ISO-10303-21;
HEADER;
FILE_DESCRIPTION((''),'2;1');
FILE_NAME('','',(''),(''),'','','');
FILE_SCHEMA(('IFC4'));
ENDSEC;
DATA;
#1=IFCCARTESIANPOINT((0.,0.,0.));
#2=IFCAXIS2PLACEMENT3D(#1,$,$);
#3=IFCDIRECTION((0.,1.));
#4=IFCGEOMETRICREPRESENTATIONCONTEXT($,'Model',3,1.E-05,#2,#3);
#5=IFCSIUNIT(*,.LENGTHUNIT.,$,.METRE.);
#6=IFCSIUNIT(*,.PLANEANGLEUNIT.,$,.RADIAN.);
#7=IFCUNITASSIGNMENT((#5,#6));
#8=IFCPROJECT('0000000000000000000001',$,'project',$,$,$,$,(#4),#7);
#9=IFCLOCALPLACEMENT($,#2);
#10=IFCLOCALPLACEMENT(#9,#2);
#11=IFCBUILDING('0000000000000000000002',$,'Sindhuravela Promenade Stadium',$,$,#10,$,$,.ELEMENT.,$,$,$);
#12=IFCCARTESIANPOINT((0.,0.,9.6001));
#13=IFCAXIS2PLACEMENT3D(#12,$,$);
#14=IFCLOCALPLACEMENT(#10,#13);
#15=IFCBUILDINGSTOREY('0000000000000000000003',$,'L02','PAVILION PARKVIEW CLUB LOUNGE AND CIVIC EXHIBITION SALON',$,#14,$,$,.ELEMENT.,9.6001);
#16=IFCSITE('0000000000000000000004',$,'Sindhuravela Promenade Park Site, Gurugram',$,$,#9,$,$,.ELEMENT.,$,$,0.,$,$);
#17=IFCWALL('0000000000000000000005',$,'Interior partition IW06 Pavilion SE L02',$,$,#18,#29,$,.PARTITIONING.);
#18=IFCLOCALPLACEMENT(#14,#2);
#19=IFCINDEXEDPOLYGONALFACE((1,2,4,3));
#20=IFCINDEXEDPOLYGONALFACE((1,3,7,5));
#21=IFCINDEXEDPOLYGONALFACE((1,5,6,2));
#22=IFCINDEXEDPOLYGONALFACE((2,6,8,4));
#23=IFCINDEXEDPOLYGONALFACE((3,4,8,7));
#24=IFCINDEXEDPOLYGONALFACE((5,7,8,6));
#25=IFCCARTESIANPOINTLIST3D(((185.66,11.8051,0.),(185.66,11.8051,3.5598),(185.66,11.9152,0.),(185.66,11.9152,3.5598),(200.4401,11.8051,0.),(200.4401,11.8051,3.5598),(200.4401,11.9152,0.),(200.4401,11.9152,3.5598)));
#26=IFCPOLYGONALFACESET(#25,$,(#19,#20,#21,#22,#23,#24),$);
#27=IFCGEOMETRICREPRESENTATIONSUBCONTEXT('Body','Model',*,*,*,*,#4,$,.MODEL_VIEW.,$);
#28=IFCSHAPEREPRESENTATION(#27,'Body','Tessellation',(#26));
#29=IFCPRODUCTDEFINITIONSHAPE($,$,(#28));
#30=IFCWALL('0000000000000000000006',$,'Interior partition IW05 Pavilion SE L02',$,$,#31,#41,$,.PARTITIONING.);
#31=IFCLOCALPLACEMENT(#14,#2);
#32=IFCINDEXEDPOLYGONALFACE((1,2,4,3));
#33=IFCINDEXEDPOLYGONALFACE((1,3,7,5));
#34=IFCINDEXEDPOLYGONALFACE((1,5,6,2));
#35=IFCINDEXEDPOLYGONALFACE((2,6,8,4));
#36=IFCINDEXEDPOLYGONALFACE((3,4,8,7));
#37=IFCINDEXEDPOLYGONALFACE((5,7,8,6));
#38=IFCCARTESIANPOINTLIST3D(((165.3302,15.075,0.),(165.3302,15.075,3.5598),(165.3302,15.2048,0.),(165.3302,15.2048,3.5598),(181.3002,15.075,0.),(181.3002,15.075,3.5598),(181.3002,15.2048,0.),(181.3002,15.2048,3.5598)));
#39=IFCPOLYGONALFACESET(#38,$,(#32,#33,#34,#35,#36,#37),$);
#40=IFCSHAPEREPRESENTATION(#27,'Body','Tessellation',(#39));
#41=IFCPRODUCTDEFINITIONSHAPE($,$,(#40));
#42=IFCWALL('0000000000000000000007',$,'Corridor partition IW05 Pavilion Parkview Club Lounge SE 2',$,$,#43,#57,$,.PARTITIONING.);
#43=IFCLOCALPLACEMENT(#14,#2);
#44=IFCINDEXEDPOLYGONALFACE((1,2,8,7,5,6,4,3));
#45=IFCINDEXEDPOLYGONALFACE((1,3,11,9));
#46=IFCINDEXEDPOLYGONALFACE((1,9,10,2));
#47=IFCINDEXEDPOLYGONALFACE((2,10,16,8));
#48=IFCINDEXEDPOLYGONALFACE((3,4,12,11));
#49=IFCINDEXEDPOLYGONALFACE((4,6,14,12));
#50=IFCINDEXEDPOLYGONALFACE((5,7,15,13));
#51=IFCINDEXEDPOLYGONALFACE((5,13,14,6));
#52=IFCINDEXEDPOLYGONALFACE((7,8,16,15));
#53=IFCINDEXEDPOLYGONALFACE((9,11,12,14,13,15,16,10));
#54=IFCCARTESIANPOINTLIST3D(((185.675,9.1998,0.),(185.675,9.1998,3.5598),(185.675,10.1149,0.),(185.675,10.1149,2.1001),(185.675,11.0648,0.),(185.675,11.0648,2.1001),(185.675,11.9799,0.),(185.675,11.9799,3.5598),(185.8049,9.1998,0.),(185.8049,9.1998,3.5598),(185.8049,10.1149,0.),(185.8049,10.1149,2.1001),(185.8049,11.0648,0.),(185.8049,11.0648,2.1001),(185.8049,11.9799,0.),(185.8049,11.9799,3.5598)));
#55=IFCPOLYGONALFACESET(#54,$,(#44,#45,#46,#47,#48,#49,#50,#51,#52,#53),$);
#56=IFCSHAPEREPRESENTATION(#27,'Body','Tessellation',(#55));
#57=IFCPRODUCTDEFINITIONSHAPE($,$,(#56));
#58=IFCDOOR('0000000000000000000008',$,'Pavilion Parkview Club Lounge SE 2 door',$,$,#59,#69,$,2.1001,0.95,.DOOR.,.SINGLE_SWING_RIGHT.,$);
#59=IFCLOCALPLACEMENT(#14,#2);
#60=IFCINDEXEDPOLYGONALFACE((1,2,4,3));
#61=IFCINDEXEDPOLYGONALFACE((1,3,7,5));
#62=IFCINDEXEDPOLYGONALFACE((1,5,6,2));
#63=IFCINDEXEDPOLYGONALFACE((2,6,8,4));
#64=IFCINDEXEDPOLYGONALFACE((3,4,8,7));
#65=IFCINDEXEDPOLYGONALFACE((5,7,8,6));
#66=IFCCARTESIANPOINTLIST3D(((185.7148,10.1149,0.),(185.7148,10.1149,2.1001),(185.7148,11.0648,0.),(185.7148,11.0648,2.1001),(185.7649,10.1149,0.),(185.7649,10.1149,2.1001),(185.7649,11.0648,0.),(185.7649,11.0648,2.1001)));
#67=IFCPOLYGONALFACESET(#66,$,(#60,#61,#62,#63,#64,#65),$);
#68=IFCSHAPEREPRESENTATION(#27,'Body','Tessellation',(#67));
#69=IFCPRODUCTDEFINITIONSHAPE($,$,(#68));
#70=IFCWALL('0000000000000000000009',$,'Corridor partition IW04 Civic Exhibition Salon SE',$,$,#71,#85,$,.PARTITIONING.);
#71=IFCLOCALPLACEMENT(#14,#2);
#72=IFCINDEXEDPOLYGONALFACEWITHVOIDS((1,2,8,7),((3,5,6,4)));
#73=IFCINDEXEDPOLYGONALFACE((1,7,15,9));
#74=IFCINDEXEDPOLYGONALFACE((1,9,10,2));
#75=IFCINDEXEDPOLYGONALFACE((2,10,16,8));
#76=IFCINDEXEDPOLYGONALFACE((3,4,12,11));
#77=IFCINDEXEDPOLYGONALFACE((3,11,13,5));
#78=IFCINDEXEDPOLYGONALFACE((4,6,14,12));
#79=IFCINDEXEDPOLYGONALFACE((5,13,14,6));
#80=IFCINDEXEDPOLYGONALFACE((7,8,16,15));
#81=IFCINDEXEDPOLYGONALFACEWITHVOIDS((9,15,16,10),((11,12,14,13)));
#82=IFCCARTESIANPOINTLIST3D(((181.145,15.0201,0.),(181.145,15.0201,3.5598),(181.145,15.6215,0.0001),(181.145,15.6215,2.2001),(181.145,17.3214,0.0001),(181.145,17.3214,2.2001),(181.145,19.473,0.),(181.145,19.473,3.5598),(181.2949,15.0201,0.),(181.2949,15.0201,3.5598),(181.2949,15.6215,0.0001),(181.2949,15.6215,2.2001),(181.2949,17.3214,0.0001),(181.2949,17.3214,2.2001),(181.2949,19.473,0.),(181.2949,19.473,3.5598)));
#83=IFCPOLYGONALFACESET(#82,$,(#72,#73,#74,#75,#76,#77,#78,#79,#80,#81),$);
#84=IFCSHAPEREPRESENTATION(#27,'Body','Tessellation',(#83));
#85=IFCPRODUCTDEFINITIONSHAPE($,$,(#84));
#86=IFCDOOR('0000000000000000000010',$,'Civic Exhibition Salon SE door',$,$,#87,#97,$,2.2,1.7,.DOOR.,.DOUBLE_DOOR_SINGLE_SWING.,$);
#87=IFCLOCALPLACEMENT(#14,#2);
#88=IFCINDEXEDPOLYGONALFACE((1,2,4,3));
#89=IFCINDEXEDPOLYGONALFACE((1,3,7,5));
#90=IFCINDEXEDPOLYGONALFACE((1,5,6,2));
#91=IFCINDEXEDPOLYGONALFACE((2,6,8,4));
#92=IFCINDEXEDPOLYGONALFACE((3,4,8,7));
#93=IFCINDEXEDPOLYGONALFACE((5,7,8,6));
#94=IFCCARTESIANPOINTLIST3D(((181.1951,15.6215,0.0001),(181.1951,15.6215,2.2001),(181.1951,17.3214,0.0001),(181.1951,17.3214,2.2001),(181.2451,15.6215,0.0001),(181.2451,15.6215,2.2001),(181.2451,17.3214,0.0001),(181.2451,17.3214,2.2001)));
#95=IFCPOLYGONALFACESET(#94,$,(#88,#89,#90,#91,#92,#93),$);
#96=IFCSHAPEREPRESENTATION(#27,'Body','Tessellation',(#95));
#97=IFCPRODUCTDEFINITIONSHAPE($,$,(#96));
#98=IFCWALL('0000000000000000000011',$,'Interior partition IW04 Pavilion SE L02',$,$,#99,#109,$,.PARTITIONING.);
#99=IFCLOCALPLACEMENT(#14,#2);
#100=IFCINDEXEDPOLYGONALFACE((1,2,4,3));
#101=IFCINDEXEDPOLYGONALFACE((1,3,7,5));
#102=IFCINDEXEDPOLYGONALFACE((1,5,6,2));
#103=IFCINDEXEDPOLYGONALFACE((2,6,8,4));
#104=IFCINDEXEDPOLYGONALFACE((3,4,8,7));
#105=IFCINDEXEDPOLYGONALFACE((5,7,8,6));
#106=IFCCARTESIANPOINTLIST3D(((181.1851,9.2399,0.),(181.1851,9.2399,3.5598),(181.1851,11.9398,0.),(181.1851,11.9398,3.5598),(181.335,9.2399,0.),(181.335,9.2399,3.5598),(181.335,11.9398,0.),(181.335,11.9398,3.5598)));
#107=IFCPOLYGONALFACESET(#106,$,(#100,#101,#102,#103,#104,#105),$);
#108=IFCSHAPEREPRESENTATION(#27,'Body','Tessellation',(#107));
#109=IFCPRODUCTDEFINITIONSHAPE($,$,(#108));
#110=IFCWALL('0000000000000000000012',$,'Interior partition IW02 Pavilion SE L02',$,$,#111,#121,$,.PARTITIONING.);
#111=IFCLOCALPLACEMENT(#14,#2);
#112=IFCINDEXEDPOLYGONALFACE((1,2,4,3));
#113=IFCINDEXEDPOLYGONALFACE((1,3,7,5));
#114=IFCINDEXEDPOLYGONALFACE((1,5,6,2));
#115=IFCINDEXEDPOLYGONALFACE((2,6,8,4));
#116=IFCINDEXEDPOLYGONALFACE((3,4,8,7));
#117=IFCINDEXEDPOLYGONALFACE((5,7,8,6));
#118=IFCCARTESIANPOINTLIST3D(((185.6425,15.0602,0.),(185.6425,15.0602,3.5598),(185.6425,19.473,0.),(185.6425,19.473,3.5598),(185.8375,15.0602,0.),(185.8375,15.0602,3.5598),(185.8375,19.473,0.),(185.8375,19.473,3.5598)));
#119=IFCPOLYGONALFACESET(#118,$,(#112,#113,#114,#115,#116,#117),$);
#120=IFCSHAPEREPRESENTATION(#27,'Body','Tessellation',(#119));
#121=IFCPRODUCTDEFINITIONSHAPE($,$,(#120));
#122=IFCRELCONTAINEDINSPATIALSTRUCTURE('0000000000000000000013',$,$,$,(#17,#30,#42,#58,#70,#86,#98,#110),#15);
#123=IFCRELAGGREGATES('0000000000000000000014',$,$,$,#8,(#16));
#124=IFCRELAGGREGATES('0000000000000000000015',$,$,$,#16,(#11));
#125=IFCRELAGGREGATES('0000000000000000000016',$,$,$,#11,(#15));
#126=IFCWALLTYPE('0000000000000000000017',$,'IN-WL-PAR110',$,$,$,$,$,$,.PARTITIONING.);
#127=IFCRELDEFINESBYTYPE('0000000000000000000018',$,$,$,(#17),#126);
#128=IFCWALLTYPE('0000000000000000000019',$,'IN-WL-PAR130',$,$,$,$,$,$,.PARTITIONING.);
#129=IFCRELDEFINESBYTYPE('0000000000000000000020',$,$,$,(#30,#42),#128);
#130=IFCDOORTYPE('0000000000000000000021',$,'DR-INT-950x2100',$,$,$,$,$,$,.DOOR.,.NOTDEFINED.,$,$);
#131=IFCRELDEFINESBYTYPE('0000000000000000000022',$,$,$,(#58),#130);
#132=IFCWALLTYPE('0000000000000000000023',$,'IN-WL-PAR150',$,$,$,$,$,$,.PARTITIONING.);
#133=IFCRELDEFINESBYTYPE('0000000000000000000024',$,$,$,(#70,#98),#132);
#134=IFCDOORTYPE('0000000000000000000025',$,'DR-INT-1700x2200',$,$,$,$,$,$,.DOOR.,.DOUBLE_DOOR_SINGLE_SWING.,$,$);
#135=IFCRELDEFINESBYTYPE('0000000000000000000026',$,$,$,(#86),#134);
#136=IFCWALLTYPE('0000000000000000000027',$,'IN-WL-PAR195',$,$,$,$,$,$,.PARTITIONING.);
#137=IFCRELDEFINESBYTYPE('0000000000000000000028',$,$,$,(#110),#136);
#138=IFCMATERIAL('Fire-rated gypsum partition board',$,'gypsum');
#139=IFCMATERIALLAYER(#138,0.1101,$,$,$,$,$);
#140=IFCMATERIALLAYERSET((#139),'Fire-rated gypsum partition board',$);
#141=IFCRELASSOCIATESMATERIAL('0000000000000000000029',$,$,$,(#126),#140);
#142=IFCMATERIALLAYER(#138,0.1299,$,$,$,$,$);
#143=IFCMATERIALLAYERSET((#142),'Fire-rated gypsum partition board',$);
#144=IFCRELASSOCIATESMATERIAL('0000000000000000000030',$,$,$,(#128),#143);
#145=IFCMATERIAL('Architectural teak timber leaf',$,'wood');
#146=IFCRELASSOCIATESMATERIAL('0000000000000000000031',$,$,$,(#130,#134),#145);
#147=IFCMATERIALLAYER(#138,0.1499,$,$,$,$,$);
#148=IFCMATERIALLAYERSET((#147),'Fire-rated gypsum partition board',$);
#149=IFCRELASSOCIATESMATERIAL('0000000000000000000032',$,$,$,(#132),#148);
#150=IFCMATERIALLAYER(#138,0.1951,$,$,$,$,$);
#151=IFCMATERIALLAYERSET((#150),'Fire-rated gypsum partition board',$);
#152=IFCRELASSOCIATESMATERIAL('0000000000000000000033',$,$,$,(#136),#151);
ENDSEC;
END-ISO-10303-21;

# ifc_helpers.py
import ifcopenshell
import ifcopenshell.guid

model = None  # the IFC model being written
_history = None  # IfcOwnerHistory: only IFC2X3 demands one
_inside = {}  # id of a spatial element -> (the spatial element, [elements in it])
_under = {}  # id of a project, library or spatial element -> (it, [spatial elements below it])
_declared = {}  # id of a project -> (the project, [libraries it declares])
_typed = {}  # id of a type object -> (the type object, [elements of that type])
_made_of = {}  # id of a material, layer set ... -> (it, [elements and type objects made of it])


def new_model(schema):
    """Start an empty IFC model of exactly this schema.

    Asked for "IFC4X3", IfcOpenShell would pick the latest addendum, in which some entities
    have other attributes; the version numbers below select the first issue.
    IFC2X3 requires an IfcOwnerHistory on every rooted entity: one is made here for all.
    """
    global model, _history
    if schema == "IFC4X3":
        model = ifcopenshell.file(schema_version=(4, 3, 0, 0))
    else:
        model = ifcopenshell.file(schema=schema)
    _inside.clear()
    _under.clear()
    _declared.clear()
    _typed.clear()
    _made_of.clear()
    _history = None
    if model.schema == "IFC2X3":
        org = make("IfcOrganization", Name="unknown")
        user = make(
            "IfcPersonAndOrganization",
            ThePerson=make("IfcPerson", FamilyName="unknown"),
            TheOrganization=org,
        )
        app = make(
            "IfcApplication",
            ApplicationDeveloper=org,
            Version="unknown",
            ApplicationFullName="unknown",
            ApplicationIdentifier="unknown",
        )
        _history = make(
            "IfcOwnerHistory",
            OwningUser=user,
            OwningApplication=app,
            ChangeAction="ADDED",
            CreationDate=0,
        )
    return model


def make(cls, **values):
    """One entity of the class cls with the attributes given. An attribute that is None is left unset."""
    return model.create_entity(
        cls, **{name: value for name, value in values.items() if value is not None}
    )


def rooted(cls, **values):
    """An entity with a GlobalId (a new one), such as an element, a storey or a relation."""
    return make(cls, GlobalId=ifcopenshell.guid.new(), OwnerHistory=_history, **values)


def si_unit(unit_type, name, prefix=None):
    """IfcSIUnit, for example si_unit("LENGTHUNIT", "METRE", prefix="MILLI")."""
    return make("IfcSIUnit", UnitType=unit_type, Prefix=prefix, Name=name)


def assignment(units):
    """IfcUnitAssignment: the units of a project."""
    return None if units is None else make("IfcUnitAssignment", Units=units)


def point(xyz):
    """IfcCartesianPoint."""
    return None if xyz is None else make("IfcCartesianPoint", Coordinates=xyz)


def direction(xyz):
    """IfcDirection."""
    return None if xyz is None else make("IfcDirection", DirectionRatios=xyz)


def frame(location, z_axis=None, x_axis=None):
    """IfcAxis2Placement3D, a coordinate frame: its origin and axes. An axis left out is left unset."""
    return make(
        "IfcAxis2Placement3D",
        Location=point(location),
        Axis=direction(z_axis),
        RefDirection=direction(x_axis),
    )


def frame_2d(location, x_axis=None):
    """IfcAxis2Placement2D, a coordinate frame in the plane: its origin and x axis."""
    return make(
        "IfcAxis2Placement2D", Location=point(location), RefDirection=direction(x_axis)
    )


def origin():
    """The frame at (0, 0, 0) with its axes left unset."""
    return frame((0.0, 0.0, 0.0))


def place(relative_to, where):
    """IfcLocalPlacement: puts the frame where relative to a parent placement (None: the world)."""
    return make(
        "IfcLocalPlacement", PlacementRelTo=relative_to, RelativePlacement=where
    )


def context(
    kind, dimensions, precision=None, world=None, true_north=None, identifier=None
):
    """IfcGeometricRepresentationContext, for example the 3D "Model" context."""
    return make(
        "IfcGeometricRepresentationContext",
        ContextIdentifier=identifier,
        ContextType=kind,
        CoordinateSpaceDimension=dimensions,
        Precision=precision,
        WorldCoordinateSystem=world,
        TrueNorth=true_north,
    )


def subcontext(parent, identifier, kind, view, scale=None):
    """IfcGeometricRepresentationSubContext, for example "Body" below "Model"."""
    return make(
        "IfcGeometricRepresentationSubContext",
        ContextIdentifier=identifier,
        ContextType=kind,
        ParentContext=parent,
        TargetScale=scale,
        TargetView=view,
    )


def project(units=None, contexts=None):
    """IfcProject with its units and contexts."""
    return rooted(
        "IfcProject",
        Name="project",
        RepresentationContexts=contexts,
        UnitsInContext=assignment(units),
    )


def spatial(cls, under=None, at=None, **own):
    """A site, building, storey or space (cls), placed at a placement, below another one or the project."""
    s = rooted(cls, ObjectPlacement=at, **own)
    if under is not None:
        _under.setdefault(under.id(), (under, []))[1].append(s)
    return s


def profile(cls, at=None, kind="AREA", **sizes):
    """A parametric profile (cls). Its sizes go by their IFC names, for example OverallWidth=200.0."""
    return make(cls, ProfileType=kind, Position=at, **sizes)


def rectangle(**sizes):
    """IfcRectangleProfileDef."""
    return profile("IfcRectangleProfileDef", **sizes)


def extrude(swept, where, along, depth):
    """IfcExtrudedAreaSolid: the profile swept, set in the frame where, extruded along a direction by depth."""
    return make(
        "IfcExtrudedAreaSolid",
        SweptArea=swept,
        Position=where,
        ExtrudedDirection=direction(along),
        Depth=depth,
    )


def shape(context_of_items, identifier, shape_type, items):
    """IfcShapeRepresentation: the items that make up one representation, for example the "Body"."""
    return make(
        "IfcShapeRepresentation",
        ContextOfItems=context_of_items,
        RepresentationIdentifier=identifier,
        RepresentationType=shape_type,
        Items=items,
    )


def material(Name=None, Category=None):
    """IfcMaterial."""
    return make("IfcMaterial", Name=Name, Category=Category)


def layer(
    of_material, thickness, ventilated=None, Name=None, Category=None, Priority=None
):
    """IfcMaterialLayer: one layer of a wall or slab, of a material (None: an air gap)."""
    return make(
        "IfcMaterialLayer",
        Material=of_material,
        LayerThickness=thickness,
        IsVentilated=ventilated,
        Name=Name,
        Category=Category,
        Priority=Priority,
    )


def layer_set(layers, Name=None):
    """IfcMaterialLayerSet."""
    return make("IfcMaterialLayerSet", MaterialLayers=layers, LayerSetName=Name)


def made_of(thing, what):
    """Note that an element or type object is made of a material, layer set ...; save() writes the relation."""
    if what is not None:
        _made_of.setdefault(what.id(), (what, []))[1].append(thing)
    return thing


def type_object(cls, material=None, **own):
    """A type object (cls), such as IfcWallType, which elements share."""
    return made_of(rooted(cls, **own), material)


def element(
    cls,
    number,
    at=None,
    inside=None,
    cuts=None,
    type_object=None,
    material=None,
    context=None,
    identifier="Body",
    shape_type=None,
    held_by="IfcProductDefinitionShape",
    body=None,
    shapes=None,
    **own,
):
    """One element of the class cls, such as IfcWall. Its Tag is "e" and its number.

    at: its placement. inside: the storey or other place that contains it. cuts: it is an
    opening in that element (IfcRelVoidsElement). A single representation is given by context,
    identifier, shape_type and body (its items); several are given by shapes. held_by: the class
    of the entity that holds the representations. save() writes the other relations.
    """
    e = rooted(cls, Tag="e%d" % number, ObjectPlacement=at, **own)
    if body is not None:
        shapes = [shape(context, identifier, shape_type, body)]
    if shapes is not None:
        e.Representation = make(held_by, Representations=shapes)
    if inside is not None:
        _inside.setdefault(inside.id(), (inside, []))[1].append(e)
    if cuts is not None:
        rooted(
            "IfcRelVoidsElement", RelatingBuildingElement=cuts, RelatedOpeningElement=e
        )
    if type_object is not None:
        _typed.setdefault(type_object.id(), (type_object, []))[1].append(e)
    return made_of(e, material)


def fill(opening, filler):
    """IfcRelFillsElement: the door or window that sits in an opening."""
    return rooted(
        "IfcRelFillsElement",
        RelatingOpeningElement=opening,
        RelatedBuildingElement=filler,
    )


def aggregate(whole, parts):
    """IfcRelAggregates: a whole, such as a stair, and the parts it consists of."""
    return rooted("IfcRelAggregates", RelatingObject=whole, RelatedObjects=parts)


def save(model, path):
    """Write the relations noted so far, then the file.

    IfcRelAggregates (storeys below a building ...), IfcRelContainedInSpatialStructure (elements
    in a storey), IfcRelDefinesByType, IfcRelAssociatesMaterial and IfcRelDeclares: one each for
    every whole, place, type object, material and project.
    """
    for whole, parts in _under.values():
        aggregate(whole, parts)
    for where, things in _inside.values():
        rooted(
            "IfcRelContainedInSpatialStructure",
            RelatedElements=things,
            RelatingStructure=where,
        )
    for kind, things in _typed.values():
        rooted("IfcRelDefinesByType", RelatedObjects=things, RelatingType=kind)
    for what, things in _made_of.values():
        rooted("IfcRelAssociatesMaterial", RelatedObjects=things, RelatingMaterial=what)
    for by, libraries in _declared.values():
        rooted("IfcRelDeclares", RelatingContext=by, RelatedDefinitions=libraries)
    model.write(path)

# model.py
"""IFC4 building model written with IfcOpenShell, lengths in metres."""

from ifc_helpers import new_model, si_unit, direction, frame, frame_2d, origin, place, context, subcontext, project, spatial, rectangle, extrude, material, layer, layer_set, type_object, element, fill, save


model = new_model("IFC4")

# Units and contexts
model_context = context("Model", 3, precision=1e-05, world=origin(), true_north=direction((0.0, 1.0)))
body_context = subcontext(model_context, "Body", "Model", "MODEL_VIEW")
ifc_project = project(units=[si_unit("LENGTHUNIT", "METRE"), si_unit("PLANEANGLEUNIT", "RADIAN")], contexts=[model_context])

# Site, building, storey
site_placement = place(None, origin())
site = spatial("IfcSite", under=ifc_project, at=site_placement, Name="Sindhuravela Promenade Park Site, Gurugram", CompositionType="ELEMENT", RefElevation=0.0)
building_placement = place(site_placement, origin())
building = spatial("IfcBuilding", under=site, at=building_placement, Name="Sindhuravela Promenade Stadium", CompositionType="ELEMENT")
storey_placement = place(building_placement, frame((0.0, 0.0, 9.6001)))
storey = spatial("IfcBuildingStorey", under=building, at=storey_placement, Name="L02", Description="PAVILION PARKVIEW CLUB LOUNGE AND CIVIC EXHIBITION SALON", CompositionType="ELEMENT", Elevation=9.6001)

# Walls
ifc_material_1 = material(Name="Fire-rated gypsum partition board", Category="gypsum")
ifc_layer_1 = layer(ifc_material_1, 0.1101)
ifc_layer_set_1 = layer_set([ifc_layer_1], Name="Fire-rated gypsum partition board")
wall_type_1 = type_object("IfcWallType", Name="IN-WL-PAR110", PredefinedType="PARTITIONING", material=ifc_layer_set_1)
wall_1_placement = place(storey_placement, frame((185.6599, 11.8601, 0.0), z_axis=(0.0, 0.0, 1.0), x_axis=(1.0, 0.0, 0.0)))
element("IfcWall", 1, at=wall_1_placement, inside=storey, type_object=wall_type_1, Name="Interior partition IW06 Pavilion SE L02", PredefinedType="PARTITIONING", context=body_context, shape_type="SweptSolid", body=[
    extrude(rectangle(XDim=14.78, YDim=0.1101, at=frame_2d((7.3901, 0.0))), origin(), (0.0, 0.0, 1.0), 3.5598),
])
ifc_layer_2 = layer(ifc_material_1, 0.1299)
ifc_layer_set_2 = layer_set([ifc_layer_2], Name="Fire-rated gypsum partition board")
wall_type_2 = type_object("IfcWallType", Name="IN-WL-PAR130", PredefinedType="PARTITIONING", material=ifc_layer_set_2)
wall_2_placement = place(storey_placement, frame((181.3, 15.1399, 0.0), z_axis=(0.0, 0.0, 1.0), x_axis=(-1.0, 0.0, 0.0)))
element("IfcWall", 2, at=wall_2_placement, inside=storey, type_object=wall_type_2, Name="Interior partition IW05 Pavilion SE L02", PredefinedType="PARTITIONING", context=body_context, shape_type="SweptSolid", body=[
    extrude(rectangle(XDim=15.97, YDim=0.1299, at=frame_2d((7.9849, 0.0))), origin(), (0.0, 0.0, 1.0), 3.5598),
])

# Walls, openings, doors
wall_3_placement = place(storey_placement, frame((185.74, 11.98, 0.0), z_axis=(0.0, 0.0, 1.0), x_axis=(0.0, -1.0, 0.0)))
wall_3 = element("IfcWall", 3, at=wall_3_placement, inside=storey, type_object=wall_type_2, Name="Corridor partition IW05 Pavilion Parkview Club Lounge SE 2", PredefinedType="PARTITIONING", context=body_context, shape_type="SweptSolid", body=[
    extrude(rectangle(XDim=2.78, YDim=0.1299, at=frame_2d((1.3901, 0.0))), origin(), (0.0, 0.0, 1.0), 3.5598),
])
opening_1_placement = place(wall_3_placement, frame((0.915, 0.0, 0.0)))
opening_1 = element("IfcOpeningElement", 4, at=opening_1_placement, cuts=wall_3, PredefinedType="OPENING", context=body_context, shape_type="SweptSolid", body=[
    extrude(rectangle(XDim=0.95, YDim=2.1001, at=frame_2d((0.4751, 1.05))), frame((0.0, 0.075, 0.0), z_axis=(0.0, -1.0, 0.0), x_axis=(1.0, 0.0, 0.0)), (0.0, 0.0, 1.0), 0.1499),
])
ifc_material_2 = material(Name="Architectural teak timber leaf", Category="wood")
door_type_1 = type_object("IfcDoorType", Name="DR-INT-950x2100", OperationType="NOTDEFINED", PredefinedType="DOOR", material=ifc_material_2)
door_1_placement = place(opening_1_placement, origin())
door_1 = element("IfcDoor", 5, at=door_1_placement, inside=storey, type_object=door_type_1, Name="Pavilion Parkview Club Lounge SE 2 door", OperationType="SINGLE_SWING_RIGHT", OverallHeight=2.1001, OverallWidth=0.95, PredefinedType="DOOR", context=body_context, shape_type="SweptSolid", body=[
    extrude(rectangle(XDim=0.95, YDim=2.1001, at=frame_2d((0.4751, 1.05))), frame((0.0, 0.0249, 0.0), z_axis=(0.0, -1.0, 0.0), x_axis=(1.0, 0.0, 0.0)), (0.0, 0.0, 1.0), 0.05),
])
fill(opening_1, door_1)
ifc_layer_3 = layer(ifc_material_1, 0.1499)
ifc_layer_set_3 = layer_set([ifc_layer_3], Name="Fire-rated gypsum partition board")
wall_type_3 = type_object("IfcWallType", Name="IN-WL-PAR150", PredefinedType="PARTITIONING", material=ifc_layer_set_3)
wall_4_placement = place(storey_placement, frame((181.22, 15.02, 0.0), z_axis=(0.0, 0.0, 1.0), x_axis=(0.0, 1.0, 0.0)))
wall_4 = element("IfcWall", 6, at=wall_4_placement, inside=storey, type_object=wall_type_3, Name="Corridor partition IW04 Civic Exhibition Salon SE", PredefinedType="PARTITIONING", context=body_context, shape_type="SweptSolid", body=[
    extrude(rectangle(XDim=4.4529, YDim=0.1499, at=frame_2d((2.2266, 0.0))), origin(), (0.0, 0.0, 1.0), 3.5598),
])
opening_2_placement = place(wall_4_placement, frame((0.6013, 0.0, 0.0)))
opening_2 = element("IfcOpeningElement", 7, at=opening_2_placement, cuts=wall_4, PredefinedType="OPENING", context=body_context, shape_type="SweptSolid", body=[
    extrude(rectangle(XDim=1.7, YDim=2.2, at=frame_2d((0.8501, 1.1001))), frame((0.0, 0.085, 0.0), z_axis=(0.0, -1.0, 0.0), x_axis=(1.0, 0.0, 0.0)), (0.0, 0.0, 1.0), 0.1699),
])
door_type_2 = type_object("IfcDoorType", Name="DR-INT-1700x2200", OperationType="DOUBLE_DOOR_SINGLE_SWING", PredefinedType="DOOR", material=ifc_material_2)
door_2_placement = place(opening_2_placement, origin())
door_2 = element("IfcDoor", 8, at=door_2_placement, inside=storey, type_object=door_type_2, Name="Civic Exhibition Salon SE door", OperationType="DOUBLE_DOOR_SINGLE_SWING", OverallHeight=2.2, OverallWidth=1.7, PredefinedType="DOOR", context=body_context, shape_type="SweptSolid", body=[
    extrude(rectangle(XDim=1.7, YDim=2.2, at=frame_2d((0.8501, 1.1001))), frame((0.0, 0.0249, 0.0), z_axis=(0.0, -1.0, 0.0), x_axis=(1.0, 0.0, 0.0)), (0.0, 0.0, 1.0), 0.05),
])
fill(opening_2, door_2)

# Walls
wall_5_placement = place(storey_placement, frame((181.26, 11.9399, 0.0), z_axis=(0.0, 0.0, 1.0), x_axis=(0.0, -1.0, 0.0)))
element("IfcWall", 9, at=wall_5_placement, inside=storey, type_object=wall_type_3, Name="Interior partition IW04 Pavilion SE L02", PredefinedType="PARTITIONING", context=body_context, shape_type="SweptSolid", body=[
    extrude(rectangle(XDim=2.7, YDim=0.1499, at=frame_2d((1.3501, 0.0))), origin(), (0.0, 0.0, 1.0), 3.5598),
])
ifc_layer_4 = layer(ifc_material_1, 0.1951)
ifc_layer_set_4 = layer_set([ifc_layer_4], Name="Fire-rated gypsum partition board")
wall_type_4 = type_object("IfcWallType", Name="IN-WL-PAR195", PredefinedType="PARTITIONING", material=ifc_layer_set_4)
wall_6_placement = place(storey_placement, frame((185.74, 15.0601, 0.0), z_axis=(0.0, 0.0, 1.0), x_axis=(0.0, 1.0, 0.0)))
element("IfcWall", 10, at=wall_6_placement, inside=storey, type_object=wall_type_4, Name="Interior partition IW02 Pavilion SE L02", PredefinedType="PARTITIONING", context=body_context, shape_type="SweptSolid", body=[
    extrude(rectangle(XDim=4.4128, YDim=0.1951, at=frame_2d((2.2065, 0.0))), origin(), (0.0, 0.0, 1.0), 3.5598),
])

save(model, "model.ifc")
